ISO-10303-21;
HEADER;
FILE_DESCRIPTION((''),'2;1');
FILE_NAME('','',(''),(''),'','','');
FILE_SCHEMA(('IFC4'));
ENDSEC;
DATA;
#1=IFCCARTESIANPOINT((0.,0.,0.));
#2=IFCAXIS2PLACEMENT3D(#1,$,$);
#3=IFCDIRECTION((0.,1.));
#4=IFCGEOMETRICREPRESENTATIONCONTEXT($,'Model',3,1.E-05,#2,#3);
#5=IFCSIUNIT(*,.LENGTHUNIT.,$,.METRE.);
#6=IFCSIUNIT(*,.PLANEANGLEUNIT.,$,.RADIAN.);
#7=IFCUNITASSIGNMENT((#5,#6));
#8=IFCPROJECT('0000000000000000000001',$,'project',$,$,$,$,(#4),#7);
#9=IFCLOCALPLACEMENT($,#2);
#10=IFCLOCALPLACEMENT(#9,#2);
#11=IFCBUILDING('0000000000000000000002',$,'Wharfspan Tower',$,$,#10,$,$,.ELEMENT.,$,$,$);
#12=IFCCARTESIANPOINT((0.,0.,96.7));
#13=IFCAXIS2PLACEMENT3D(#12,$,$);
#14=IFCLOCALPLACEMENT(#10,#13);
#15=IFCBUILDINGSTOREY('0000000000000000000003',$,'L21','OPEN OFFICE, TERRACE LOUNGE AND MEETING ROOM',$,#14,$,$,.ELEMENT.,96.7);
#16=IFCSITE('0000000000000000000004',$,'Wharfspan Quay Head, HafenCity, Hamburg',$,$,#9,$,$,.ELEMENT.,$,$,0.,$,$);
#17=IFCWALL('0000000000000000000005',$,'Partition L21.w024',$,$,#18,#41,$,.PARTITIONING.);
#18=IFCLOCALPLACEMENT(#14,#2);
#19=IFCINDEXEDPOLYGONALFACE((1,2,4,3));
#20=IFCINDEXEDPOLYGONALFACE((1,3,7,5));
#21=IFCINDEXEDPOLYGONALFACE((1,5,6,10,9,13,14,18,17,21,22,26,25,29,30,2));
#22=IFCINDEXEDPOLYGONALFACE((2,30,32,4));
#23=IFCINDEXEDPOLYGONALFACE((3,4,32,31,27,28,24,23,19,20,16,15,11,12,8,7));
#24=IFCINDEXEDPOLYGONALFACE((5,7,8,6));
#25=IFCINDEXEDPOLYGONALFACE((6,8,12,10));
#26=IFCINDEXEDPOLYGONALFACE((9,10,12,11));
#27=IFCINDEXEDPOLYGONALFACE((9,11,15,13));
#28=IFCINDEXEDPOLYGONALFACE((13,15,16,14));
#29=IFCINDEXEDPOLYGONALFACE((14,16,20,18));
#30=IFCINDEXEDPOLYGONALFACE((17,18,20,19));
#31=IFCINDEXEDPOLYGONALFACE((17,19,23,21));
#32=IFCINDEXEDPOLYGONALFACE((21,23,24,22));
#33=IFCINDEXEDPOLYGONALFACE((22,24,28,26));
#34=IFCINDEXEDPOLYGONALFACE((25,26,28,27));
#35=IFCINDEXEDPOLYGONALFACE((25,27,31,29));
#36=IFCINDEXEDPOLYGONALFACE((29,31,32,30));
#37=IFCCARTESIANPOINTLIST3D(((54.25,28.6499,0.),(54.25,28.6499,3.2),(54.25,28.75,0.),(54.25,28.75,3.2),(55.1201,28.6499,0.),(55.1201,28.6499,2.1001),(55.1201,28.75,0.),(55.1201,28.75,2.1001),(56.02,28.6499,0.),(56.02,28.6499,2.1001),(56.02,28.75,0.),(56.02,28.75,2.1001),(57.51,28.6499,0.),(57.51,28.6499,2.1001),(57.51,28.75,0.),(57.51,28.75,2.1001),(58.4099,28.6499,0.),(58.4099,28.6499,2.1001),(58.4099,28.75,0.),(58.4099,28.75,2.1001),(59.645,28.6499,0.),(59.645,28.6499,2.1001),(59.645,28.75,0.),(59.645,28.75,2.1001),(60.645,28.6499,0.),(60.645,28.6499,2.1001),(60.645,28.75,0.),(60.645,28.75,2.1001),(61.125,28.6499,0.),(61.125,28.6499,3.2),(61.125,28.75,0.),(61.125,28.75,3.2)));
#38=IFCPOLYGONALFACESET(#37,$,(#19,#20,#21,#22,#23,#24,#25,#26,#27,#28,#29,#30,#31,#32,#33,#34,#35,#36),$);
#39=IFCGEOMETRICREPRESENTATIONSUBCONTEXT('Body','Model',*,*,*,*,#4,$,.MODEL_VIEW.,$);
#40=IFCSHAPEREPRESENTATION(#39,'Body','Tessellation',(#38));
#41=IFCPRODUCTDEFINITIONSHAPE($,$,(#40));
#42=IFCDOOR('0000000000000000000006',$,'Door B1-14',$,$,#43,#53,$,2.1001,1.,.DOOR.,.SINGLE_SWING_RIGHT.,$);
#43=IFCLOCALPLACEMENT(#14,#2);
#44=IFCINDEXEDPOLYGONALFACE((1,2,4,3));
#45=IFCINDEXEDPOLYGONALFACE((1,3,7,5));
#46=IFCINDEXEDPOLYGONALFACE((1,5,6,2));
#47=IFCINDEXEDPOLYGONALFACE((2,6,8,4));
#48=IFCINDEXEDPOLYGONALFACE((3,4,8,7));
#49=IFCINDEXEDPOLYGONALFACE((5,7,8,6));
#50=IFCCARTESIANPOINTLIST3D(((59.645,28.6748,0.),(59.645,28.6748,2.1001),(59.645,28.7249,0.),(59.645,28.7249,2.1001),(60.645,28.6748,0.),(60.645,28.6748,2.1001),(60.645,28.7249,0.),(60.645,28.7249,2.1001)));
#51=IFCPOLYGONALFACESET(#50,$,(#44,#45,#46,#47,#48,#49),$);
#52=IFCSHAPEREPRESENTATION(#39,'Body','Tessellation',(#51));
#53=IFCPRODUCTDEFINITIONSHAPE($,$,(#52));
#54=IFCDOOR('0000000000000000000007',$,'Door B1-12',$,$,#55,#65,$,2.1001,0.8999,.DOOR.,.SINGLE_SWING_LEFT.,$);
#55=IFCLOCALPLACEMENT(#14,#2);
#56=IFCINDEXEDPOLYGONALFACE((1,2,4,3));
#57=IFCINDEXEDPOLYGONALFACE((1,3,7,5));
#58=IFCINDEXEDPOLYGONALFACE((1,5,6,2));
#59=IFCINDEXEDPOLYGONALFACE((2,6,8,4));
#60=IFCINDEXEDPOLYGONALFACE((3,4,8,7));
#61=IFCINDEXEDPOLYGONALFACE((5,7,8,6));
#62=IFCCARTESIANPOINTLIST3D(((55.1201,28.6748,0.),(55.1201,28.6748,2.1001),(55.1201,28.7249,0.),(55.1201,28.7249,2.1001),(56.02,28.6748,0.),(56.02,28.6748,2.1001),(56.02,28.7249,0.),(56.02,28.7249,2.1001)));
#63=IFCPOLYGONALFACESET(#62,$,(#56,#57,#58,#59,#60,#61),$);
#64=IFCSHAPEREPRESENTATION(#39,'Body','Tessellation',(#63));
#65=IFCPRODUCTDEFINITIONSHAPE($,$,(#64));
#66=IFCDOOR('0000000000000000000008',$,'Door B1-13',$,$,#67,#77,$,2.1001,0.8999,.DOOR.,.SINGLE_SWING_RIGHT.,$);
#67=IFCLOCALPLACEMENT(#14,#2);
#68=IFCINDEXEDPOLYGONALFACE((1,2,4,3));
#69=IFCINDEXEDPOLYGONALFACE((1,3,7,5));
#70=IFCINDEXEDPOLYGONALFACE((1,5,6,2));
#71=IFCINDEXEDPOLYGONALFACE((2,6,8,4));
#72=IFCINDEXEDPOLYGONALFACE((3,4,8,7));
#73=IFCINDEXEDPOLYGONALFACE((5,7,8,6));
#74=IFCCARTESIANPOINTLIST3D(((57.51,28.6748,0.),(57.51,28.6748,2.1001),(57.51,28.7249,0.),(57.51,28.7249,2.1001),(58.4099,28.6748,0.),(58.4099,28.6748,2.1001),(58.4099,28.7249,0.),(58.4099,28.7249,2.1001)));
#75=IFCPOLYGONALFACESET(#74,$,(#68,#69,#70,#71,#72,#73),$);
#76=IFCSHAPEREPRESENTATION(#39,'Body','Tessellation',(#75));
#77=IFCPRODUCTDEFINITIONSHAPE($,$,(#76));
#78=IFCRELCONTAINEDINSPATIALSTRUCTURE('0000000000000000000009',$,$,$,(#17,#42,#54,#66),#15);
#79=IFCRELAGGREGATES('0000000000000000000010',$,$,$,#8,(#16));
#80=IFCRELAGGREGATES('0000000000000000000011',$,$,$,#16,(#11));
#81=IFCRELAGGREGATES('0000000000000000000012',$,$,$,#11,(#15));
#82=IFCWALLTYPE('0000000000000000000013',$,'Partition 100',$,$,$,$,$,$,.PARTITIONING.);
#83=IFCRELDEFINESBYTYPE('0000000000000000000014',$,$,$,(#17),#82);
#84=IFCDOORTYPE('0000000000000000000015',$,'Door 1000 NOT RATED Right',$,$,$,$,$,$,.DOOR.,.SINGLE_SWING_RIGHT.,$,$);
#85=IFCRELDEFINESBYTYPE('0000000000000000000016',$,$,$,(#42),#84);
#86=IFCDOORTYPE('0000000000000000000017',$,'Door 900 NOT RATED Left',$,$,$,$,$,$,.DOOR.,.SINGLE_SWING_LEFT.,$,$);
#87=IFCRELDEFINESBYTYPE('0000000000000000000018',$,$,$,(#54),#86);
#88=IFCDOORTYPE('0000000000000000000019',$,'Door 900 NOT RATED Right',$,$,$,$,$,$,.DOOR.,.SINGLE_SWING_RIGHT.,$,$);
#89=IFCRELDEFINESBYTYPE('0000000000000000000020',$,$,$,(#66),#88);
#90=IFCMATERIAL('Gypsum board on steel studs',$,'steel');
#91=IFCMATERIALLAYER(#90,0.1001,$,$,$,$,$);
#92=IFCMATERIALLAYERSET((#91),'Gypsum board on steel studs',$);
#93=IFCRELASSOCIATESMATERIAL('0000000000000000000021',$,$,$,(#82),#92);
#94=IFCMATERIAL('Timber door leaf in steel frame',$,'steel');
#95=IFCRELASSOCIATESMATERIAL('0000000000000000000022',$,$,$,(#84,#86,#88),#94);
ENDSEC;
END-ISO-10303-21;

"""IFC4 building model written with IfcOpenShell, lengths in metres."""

from ifc_helpers import new_model, si_unit, direction, frame, frame_2d, origin, place, context, subcontext, project, spatial, rectangle, extrude, material, layer, layer_set, type_object, element, fill, save


model = new_model("IFC4")

# Units and contexts
model_context = context("Model", 3, precision=1e-05, world=origin(), true_north=direction((0.0, 1.0)))
body_context = subcontext(model_context, "Body", "Model", "MODEL_VIEW")
ifc_project = project(units=[si_unit("LENGTHUNIT", "METRE"), si_unit("PLANEANGLEUNIT", "RADIAN")], contexts=[model_context])

# Site, building, storey
site_placement = place(None, origin())
site = spatial("IfcSite", under=ifc_project, at=site_placement, Name="Wharfspan Quay Head, HafenCity, Hamburg", CompositionType="ELEMENT", RefElevation=0.0)
building_placement = place(site_placement, origin())
building = spatial("IfcBuilding", under=site, at=building_placement, Name="Wharfspan Tower", CompositionType="ELEMENT")
storey_placement = place(building_placement, frame((0.0, 0.0, 96.7)))
storey = spatial("IfcBuildingStorey", under=building, at=storey_placement, Name="L21", Description="OPEN OFFICE, TERRACE LOUNGE AND MEETING ROOM", CompositionType="ELEMENT", Elevation=96.7)

# Shared definitions
ifc_material_1 = material(Name="Gypsum board on steel studs", Category="steel")

# Wall, openings, doors
ifc_layer_1 = layer(ifc_material_1, 0.1001)
ifc_layer_set_1 = layer_set([ifc_layer_1], Name="Gypsum board on steel studs")
wall_type_1 = type_object("IfcWallType", Name="Partition 100", PredefinedType="PARTITIONING", material=ifc_layer_set_1)
wall_1_placement = place(storey_placement, frame((54.25, 28.7, 0.0), z_axis=(0.0, 0.0, 1.0), x_axis=(1.0, 0.0, 0.0)))
wall_1 = element("IfcWall", 1, at=wall_1_placement, inside=storey, type_object=wall_type_1, Name="Partition L21.w024", PredefinedType="PARTITIONING", context=body_context, shape_type="SweptSolid", body=[
    extrude(rectangle(XDim=6.875, YDim=0.1001, at=frame_2d((3.4375, 0.0))), origin(), (0.0, 0.0, 1.0), 3.2),
])
opening_1_placement = place(wall_1_placement, frame((0.8701, 0.0, 0.0)))
opening_1 = element("IfcOpeningElement", 2, at=opening_1_placement, cuts=wall_1, PredefinedType="OPENING", context=body_context, shape_type="SweptSolid", body=[
    extrude(rectangle(XDim=0.8999, YDim=2.1001, at=frame_2d((0.45, 1.05))), frame((0.0, 0.0601, 0.0), z_axis=(0.0, -1.0, 0.0), x_axis=(1.0, 0.0, 0.0)), (0.0, 0.0, 1.0), 0.1201),
])
opening_2_placement = place(wall_1_placement, frame((3.26, 0.0, 0.0)))
opening_2 = element("IfcOpeningElement", 3, at=opening_2_placement, cuts=wall_1, PredefinedType="OPENING", context=body_context, shape_type="SweptSolid", body=[
    extrude(rectangle(XDim=0.8999, YDim=2.1001, at=frame_2d((0.45, 1.05))), frame((0.0, 0.0601, 0.0), z_axis=(0.0, -1.0, 0.0), x_axis=(1.0, 0.0, 0.0)), (0.0, 0.0, 1.0), 0.1201),
])
opening_3_placement = place(wall_1_placement, frame((5.395, 0.0, 0.0)))
opening_3 = element("IfcOpeningElement", 4, at=opening_3_placement, cuts=wall_1, PredefinedType="OPENING", context=body_context, shape_type="SweptSolid", body=[
    extrude(rectangle(XDim=1.0, YDim=2.1001, at=frame_2d((0.5, 1.05))), frame((0.0, 0.0601, 0.0), z_axis=(0.0, -1.0, 0.0), x_axis=(1.0, 0.0, 0.0)), (0.0, 0.0, 1.0), 0.1201),
])
ifc_material_2 = material(Name="Timber door leaf in steel frame", Category="steel")
door_type_1 = type_object("IfcDoorType", Name="Door 1000 NOT RATED Right", OperationType="SINGLE_SWING_RIGHT", PredefinedType="DOOR", material=ifc_material_2)
door_1_placement = place(opening_3_placement, origin())
door_1 = element("IfcDoor", 5, at=door_1_placement, inside=storey, type_object=door_type_1, Name="Door B1-14", OperationType="SINGLE_SWING_RIGHT", OverallHeight=2.1001, OverallWidth=1.0, PredefinedType="DOOR", context=body_context, shape_type="SweptSolid", body=[
    extrude(rectangle(XDim=1.0, YDim=2.1001, at=frame_2d((0.5, 1.05))), frame((0.0, 0.0249, 0.0), z_axis=(0.0, -1.0, 0.0), x_axis=(1.0, 0.0, 0.0)), (0.0, 0.0, 1.0), 0.05),
])
fill(opening_3, door_1)
door_type_2 = type_object("IfcDoorType", Name="Door 900 NOT RATED Left", OperationType="SINGLE_SWING_LEFT", PredefinedType="DOOR", material=ifc_material_2)
door_2_placement = place(opening_1_placement, origin())
door_2 = element("IfcDoor", 6, at=door_2_placement, inside=storey, type_object=door_type_2, Name="Door B1-12", OperationType="SINGLE_SWING_LEFT", OverallHeight=2.1001, OverallWidth=0.8999, PredefinedType="DOOR", context=body_context, shape_type="SweptSolid", body=[
    extrude(rectangle(XDim=0.8999, YDim=2.1001, at=frame_2d((0.45, 1.05))), frame((0.0, 0.0249, 0.0), z_axis=(0.0, -1.0, 0.0), x_axis=(1.0, 0.0, 0.0)), (0.0, 0.0, 1.0), 0.05),
])
fill(opening_1, door_2)
door_type_3 = type_object("IfcDoorType", Name="Door 900 NOT RATED Right", OperationType="SINGLE_SWING_RIGHT", PredefinedType="DOOR", material=ifc_material_2)
door_3_placement = place(opening_2_placement, origin())
door_3 = element("IfcDoor", 7, at=door_3_placement, inside=storey, type_object=door_type_3, Name="Door B1-13", OperationType="SINGLE_SWING_RIGHT", OverallHeight=2.1001, OverallWidth=0.8999, PredefinedType="DOOR", context=body_context, shape_type="SweptSolid", body=[
    extrude(rectangle(XDim=0.8999, YDim=2.1001, at=frame_2d((0.45, 1.05))), frame((0.0, 0.0249, 0.0), z_axis=(0.0, -1.0, 0.0), x_axis=(1.0, 0.0, 0.0)), (0.0, 0.0, 1.0), 0.05),
])
fill(opening_2, door_3)

save(model, "model.ifc")
